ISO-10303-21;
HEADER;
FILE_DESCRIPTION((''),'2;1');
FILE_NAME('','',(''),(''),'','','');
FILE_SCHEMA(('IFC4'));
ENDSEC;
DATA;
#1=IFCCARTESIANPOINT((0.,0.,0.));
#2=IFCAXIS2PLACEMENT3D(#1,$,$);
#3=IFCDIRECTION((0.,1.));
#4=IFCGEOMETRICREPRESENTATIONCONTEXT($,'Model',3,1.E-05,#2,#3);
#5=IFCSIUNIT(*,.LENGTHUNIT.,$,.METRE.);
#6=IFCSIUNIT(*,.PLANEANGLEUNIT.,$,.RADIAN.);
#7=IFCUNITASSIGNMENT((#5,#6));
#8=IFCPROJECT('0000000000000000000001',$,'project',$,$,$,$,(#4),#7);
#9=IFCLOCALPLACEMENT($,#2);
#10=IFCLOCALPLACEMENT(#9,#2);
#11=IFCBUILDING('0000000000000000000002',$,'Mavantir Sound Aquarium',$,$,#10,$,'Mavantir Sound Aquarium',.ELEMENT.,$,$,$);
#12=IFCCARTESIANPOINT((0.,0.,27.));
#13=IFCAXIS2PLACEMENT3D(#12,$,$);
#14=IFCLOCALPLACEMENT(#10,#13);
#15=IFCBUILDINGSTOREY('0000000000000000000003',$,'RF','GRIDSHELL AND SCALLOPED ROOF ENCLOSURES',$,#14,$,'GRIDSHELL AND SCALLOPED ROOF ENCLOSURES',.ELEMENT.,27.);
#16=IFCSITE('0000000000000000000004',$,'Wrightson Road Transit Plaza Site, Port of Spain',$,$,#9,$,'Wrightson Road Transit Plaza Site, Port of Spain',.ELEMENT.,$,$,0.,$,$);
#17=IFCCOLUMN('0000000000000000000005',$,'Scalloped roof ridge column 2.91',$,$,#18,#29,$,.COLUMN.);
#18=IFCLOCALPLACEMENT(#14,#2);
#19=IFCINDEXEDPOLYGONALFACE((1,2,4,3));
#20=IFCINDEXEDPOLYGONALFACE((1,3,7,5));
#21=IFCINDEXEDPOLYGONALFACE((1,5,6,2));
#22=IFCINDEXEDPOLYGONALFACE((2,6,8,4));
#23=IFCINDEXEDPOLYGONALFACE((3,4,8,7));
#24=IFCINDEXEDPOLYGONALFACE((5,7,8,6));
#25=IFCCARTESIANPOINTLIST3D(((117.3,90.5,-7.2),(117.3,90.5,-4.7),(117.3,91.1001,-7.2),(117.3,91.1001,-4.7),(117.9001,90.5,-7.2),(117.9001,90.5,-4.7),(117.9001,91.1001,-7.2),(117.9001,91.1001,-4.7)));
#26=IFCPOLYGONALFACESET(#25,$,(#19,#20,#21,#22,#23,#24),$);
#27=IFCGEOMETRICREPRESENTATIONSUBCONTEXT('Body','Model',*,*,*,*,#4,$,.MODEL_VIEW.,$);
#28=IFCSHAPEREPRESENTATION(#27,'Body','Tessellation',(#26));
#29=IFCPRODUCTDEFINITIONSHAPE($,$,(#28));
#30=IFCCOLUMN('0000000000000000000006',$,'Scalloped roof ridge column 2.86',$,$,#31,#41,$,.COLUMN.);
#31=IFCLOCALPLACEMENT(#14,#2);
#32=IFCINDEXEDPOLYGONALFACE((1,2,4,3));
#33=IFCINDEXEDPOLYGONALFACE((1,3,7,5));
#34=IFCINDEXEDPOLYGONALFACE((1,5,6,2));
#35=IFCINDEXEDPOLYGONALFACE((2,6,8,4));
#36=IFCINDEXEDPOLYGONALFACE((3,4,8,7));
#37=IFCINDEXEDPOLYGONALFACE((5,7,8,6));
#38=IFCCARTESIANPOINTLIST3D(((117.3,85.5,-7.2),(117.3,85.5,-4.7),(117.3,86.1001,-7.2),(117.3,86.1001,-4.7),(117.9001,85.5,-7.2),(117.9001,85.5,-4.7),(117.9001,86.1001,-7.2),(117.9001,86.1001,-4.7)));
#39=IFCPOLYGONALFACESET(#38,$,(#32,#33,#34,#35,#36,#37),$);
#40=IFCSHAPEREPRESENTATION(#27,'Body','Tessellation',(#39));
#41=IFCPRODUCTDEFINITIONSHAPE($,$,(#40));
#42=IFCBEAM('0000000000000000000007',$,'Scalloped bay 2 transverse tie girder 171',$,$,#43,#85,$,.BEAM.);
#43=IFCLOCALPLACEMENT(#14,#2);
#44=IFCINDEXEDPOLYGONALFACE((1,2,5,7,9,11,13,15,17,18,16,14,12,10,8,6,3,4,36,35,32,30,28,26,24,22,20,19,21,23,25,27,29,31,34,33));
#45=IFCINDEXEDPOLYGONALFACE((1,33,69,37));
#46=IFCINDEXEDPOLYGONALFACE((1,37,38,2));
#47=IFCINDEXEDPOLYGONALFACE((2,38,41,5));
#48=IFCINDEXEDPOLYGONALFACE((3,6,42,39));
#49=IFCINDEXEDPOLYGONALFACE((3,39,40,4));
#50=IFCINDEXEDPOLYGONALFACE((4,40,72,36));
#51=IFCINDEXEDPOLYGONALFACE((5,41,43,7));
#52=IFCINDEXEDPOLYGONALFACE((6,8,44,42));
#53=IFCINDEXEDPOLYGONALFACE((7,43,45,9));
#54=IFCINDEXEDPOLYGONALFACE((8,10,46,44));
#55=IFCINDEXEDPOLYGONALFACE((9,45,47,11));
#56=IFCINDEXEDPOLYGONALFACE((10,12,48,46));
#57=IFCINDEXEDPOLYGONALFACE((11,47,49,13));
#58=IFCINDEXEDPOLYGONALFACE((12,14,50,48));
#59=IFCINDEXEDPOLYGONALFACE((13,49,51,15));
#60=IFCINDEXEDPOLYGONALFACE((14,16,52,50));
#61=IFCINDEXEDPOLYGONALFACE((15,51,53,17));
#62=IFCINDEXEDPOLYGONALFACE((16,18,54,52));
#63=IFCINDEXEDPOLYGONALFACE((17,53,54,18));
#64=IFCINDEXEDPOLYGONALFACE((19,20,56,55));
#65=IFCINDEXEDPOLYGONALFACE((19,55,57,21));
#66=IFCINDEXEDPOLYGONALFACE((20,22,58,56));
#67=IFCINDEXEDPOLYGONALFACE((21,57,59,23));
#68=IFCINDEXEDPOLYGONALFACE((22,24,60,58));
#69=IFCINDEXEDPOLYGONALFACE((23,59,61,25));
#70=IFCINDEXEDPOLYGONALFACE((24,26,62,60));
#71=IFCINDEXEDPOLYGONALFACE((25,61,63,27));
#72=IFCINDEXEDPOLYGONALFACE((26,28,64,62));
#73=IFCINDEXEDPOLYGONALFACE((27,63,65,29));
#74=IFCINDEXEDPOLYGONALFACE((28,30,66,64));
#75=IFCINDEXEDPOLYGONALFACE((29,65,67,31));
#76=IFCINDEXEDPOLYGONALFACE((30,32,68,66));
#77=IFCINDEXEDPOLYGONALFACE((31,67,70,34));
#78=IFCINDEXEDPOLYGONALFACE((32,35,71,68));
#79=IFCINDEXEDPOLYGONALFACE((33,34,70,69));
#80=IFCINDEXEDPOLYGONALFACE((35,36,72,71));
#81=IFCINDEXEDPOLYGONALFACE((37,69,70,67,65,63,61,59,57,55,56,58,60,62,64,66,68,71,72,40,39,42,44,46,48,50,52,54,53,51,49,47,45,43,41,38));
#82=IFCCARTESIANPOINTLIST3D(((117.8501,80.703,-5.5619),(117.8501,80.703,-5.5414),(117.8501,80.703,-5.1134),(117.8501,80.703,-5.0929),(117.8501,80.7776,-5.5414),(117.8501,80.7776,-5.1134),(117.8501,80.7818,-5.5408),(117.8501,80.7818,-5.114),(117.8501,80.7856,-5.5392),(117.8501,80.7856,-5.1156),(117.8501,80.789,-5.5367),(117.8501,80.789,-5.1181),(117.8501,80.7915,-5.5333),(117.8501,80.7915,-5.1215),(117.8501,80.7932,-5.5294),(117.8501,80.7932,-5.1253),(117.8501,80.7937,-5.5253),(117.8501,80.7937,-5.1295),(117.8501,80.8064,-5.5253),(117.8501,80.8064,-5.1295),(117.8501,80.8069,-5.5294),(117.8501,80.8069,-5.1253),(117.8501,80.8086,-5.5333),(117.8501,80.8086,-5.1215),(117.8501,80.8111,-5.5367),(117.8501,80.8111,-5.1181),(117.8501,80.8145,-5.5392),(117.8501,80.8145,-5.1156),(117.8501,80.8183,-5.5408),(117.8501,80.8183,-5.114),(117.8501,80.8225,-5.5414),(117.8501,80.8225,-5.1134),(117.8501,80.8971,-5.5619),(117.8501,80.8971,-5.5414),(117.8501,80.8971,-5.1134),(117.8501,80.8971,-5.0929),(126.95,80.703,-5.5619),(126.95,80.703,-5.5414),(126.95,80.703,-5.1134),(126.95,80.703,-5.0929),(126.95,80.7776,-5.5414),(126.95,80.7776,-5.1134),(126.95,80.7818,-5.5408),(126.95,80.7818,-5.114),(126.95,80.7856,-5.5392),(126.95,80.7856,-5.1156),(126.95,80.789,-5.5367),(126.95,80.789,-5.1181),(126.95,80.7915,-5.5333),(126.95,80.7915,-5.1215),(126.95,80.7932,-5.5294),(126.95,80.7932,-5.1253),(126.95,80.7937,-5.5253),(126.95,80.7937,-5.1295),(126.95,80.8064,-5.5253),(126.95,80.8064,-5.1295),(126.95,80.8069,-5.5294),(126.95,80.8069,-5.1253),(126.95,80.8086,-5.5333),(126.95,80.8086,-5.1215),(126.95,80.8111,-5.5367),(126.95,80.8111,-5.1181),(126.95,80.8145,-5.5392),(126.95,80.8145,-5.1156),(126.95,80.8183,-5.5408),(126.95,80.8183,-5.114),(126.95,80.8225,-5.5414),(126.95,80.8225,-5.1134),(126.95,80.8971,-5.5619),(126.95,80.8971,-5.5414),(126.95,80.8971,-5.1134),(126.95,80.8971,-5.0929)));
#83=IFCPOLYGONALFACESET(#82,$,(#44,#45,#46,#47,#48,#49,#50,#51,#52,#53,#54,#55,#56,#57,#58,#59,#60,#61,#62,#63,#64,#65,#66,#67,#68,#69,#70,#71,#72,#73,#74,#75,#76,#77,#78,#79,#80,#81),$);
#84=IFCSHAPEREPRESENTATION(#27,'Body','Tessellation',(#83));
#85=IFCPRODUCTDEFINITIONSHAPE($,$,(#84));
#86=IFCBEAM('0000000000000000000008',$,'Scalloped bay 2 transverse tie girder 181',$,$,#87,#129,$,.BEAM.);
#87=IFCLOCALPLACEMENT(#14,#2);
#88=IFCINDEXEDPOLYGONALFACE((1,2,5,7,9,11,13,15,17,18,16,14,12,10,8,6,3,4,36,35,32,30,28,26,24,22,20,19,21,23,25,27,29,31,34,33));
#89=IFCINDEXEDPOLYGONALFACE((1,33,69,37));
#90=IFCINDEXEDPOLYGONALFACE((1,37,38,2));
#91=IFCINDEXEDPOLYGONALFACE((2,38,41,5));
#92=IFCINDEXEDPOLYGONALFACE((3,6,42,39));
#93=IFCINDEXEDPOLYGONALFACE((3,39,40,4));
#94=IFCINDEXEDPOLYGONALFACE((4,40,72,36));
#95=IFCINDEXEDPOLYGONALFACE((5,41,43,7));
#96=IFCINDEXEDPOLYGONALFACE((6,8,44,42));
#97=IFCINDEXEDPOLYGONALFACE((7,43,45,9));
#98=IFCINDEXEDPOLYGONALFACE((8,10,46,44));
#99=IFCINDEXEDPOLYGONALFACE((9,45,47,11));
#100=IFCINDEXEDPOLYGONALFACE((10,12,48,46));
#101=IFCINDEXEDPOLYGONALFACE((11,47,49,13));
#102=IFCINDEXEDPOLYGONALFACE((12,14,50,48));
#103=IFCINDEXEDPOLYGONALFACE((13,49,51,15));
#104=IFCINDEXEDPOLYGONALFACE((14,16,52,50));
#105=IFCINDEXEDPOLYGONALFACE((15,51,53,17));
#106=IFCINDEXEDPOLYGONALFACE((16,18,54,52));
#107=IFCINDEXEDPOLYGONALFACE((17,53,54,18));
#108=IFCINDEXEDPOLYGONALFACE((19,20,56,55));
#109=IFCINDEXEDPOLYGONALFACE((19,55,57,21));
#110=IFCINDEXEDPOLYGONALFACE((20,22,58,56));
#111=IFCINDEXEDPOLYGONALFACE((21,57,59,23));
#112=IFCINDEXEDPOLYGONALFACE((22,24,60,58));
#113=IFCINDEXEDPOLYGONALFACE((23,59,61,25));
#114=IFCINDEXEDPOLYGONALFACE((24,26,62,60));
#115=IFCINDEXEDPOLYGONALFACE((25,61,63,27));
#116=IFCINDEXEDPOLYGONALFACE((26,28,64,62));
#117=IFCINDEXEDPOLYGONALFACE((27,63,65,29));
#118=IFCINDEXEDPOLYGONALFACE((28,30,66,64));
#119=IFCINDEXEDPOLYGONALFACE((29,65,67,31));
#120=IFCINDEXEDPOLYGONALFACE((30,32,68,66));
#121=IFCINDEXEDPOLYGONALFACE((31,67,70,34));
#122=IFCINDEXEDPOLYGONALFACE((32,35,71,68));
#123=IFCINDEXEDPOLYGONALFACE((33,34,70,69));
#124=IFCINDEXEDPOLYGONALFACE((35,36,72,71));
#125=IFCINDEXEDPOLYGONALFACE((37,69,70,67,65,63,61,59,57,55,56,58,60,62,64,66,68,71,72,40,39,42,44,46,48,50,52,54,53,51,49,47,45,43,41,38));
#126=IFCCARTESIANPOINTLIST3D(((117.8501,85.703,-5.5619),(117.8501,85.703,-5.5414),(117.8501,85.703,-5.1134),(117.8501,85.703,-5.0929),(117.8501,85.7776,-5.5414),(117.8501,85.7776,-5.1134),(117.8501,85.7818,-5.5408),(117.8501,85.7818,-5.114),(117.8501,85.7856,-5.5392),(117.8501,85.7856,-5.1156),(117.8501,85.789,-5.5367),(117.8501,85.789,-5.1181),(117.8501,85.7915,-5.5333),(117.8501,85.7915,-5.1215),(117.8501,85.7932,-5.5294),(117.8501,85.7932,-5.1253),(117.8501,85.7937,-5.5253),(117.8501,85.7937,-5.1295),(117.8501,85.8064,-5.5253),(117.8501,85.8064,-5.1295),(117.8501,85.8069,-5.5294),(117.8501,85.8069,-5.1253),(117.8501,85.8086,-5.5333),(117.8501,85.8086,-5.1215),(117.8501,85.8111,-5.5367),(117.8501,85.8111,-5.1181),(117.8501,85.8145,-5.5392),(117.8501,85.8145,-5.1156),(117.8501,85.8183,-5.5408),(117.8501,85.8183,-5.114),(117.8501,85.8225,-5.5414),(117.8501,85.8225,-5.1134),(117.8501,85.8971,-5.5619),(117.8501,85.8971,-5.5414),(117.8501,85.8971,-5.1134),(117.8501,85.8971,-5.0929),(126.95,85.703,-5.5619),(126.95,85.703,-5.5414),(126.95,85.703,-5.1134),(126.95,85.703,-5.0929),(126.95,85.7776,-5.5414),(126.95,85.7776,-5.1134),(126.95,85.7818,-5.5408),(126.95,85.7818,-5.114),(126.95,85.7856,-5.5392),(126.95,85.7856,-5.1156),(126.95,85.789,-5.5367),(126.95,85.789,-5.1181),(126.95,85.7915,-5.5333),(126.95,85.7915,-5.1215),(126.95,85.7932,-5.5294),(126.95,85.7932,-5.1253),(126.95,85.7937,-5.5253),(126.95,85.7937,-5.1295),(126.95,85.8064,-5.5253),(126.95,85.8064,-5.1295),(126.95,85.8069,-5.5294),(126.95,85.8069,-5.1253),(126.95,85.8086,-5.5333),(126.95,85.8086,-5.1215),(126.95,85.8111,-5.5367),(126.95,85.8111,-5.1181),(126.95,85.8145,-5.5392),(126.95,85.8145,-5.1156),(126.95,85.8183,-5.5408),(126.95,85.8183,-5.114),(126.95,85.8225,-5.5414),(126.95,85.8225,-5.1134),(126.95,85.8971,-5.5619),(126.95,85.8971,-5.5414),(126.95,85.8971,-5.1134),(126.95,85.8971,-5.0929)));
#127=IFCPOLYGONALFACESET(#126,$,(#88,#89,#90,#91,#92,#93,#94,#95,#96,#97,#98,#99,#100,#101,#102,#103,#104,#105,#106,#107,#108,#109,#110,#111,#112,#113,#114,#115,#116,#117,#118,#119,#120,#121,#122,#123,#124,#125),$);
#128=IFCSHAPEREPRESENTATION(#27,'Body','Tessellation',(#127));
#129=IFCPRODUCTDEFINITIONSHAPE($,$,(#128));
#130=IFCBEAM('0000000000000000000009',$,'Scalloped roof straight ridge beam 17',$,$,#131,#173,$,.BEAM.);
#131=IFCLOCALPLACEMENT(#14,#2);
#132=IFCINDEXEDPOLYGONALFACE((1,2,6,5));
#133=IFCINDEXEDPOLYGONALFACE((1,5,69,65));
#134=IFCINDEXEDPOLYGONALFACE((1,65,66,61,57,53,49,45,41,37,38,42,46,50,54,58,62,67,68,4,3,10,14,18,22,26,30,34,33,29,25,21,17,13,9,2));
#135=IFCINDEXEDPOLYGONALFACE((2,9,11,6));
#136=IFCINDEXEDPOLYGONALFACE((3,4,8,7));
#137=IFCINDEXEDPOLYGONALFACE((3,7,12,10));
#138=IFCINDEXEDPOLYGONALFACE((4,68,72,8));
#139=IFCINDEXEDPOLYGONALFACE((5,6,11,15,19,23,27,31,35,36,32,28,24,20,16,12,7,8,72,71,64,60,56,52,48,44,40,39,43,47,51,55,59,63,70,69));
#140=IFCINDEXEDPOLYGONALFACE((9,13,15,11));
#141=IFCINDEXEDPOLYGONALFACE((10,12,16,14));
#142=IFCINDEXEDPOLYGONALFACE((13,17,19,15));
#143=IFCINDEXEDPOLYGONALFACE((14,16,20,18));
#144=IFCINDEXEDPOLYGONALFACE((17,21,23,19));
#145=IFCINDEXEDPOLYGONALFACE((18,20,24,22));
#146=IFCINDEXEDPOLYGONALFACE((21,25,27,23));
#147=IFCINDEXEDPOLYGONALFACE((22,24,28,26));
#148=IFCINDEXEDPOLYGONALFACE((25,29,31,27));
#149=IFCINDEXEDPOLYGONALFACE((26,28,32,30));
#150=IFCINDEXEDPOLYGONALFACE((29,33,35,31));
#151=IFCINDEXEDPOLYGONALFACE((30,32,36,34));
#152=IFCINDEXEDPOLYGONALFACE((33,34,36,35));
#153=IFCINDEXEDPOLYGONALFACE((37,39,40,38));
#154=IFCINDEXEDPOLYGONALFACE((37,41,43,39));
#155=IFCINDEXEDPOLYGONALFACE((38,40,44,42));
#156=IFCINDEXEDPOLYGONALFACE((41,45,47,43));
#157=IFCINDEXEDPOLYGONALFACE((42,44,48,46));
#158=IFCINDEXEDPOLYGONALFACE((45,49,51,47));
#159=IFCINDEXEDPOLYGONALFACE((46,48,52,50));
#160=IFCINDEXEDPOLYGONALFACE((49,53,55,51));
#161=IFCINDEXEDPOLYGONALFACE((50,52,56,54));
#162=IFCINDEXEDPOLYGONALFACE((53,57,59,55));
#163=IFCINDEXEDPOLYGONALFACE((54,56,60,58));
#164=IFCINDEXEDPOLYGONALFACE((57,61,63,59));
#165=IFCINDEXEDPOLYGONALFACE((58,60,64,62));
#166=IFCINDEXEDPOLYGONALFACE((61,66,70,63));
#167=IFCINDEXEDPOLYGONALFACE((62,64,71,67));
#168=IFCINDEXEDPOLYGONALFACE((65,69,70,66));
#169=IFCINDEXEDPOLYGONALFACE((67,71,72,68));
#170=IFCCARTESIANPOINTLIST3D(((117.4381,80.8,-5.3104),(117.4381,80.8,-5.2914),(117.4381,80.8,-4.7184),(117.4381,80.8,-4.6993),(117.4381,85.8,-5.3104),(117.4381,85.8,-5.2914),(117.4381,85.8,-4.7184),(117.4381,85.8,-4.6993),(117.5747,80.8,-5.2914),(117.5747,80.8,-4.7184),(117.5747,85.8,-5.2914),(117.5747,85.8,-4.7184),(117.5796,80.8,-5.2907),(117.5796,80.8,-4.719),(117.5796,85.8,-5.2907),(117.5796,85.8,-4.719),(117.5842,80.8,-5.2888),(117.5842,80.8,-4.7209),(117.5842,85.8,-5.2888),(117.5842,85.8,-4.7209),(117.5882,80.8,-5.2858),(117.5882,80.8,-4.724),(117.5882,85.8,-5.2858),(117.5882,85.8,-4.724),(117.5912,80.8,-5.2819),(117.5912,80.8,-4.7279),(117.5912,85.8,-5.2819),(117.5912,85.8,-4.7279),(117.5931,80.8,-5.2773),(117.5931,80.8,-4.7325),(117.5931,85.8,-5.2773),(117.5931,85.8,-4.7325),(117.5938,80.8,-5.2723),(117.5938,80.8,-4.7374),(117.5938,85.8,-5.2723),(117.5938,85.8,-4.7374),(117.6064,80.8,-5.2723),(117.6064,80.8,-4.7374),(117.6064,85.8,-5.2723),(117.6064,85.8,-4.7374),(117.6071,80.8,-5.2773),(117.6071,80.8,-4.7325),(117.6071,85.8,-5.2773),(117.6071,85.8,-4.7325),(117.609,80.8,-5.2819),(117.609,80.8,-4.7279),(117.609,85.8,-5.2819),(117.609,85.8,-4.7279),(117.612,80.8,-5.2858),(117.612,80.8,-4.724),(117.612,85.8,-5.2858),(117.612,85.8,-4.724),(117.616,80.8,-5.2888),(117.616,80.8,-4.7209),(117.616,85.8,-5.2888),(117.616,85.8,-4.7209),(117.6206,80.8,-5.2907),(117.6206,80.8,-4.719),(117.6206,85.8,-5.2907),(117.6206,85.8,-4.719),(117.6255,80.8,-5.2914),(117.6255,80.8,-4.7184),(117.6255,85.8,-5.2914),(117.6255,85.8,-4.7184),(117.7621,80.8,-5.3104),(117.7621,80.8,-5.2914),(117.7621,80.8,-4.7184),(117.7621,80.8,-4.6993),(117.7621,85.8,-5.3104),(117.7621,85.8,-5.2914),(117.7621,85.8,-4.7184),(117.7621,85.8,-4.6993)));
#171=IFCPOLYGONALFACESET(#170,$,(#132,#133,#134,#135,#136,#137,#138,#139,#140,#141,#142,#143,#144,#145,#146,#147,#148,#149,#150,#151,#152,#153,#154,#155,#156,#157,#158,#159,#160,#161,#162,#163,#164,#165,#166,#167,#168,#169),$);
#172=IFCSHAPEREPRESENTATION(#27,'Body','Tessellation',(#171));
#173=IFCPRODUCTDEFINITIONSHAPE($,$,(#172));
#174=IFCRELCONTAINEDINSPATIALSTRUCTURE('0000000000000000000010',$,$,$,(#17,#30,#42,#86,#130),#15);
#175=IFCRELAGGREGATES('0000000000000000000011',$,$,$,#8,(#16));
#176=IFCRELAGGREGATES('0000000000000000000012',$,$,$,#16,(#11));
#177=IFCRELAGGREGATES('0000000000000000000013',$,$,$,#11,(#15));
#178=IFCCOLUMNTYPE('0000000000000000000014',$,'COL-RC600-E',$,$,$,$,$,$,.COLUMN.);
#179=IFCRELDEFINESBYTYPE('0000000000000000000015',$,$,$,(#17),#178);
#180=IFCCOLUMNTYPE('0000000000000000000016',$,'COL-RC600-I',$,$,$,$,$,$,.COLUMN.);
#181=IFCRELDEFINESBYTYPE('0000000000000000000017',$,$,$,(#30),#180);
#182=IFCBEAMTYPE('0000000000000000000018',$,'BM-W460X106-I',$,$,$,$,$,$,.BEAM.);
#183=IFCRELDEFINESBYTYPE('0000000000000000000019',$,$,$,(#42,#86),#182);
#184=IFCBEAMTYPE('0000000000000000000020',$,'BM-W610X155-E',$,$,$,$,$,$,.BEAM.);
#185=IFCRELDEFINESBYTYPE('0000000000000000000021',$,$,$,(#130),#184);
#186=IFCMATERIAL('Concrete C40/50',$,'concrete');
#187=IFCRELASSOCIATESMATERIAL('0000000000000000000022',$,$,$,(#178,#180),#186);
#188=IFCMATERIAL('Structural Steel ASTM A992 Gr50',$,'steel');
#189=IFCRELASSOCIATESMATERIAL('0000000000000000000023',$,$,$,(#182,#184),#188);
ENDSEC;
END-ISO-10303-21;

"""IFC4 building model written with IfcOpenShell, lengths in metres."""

from ifc_helpers import new_model, si_unit, direction, frame, origin, origin_2d, place, context, subcontext, project, spatial, rectangle, i_section, extrude, material, material_profile, profile_set, type_object, element, save


model = new_model("IFC4")

# Units and contexts
model_context = context("Model", 3, precision=1e-05, world=origin(), true_north=direction((0.0, 1.0)))
body_context = subcontext(model_context, "Body", "Model", "MODEL_VIEW")
ifc_project = project(units=[si_unit("LENGTHUNIT", "METRE"), si_unit("PLANEANGLEUNIT", "RADIAN")], contexts=[model_context])

# Site, building, storey
site_placement = place(None, origin())
site = spatial("IfcSite", under=ifc_project, at=site_placement, Name="Wrightson Road Transit Plaza Site, Port of Spain", LongName="Wrightson Road Transit Plaza Site, Port of Spain", CompositionType="ELEMENT", RefElevation=0.0)
building_placement = place(site_placement, origin())
building = spatial("IfcBuilding", under=site, at=building_placement, Name="Mavantir Sound Aquarium", LongName="Mavantir Sound Aquarium", CompositionType="ELEMENT")
storey_placement = place(building_placement, frame((0.0, 0.0, 27.0)))
storey = spatial("IfcBuildingStorey", under=building, at=storey_placement, Name="RF", Description="GRIDSHELL AND SCALLOPED ROOF ENCLOSURES", LongName="GRIDSHELL AND SCALLOPED ROOF ENCLOSURES", CompositionType="ELEMENT", Elevation=27.0)

# Columns
ifc_material_1 = material(Name="Concrete C40/50", Category="concrete")
ifc_material_profile_1 = material_profile(ifc_material_1, rectangle(XDim=0.6001, YDim=0.6001, at=origin_2d()), Name="RC 600X600")
ifc_profile_set_1 = profile_set([ifc_material_profile_1], Name="Concrete C40/50")
column_type_1 = type_object("IfcColumnType", Name="COL-RC600-E", PredefinedType="COLUMN", material=ifc_profile_set_1)
column_1_placement = place(storey_placement, frame((117.6001, 90.8, -7.2), z_axis=(0.0, 0.0, 1.0), x_axis=(1.0, 0.0, 0.0)))
element("IfcColumn", 1, at=column_1_placement, inside=storey, type_object=column_type_1, Name="Scalloped roof ridge column 2.91", PredefinedType="COLUMN", context=body_context, shape_type="SweptSolid", body=[
    extrude(rectangle(XDim=0.6001, YDim=0.6001, at=origin_2d()), origin(), (0.0, 0.0, 1.0), 2.5),
])
ifc_material_profile_2 = material_profile(ifc_material_1, rectangle(XDim=0.6001, YDim=0.6001, at=origin_2d()), Name="RC 600X600")
ifc_profile_set_2 = profile_set([ifc_material_profile_2], Name="Concrete C40/50")
column_type_2 = type_object("IfcColumnType", Name="COL-RC600-I", PredefinedType="COLUMN", material=ifc_profile_set_2)
column_2_placement = place(storey_placement, frame((117.6001, 85.8, -7.2), z_axis=(0.0, 0.0, 1.0), x_axis=(1.0, 0.0, 0.0)))
element("IfcColumn", 2, at=column_2_placement, inside=storey, type_object=column_type_2, Name="Scalloped roof ridge column 2.86", PredefinedType="COLUMN", context=body_context, shape_type="SweptSolid", body=[
    extrude(rectangle(XDim=0.6001, YDim=0.6001, at=origin_2d()), origin(), (0.0, 0.0, 1.0), 2.5),
])

# Beams
ifc_material_2 = material(Name="Structural Steel ASTM A992 Gr50", Category="steel")
ifc_material_profile_3 = material_profile(ifc_material_2, i_section(OverallWidth=0.1941, OverallDepth=0.469, WebThickness=0.0127, FlangeThickness=0.0205, FilletRadius=0.0161, at=origin_2d()), Name="W460X106")
ifc_profile_set_3 = profile_set([ifc_material_profile_3], Name="Structural Steel ASTM A992 Gr50")
beam_type_1 = type_object("IfcBeamType", Name="BM-W460X106-I", PredefinedType="BEAM", material=ifc_profile_set_3)
for number, where, z_axis, x_axis, name in (
    (3, (117.8501, 80.8, -5.3274), (1.0, 0.0, 0.0), (0.0, 1.0, 0.0), "Scalloped bay 2 transverse tie girder 171"),
    (4, (117.8501, 85.8, -5.3274), (1.0, 0.0, 0.0), (0.0, 1.0, 0.0), "Scalloped bay 2 transverse tie girder 181"),
):
    element("IfcBeam", number, at=place(storey_placement, frame(where, z_axis=z_axis, x_axis=x_axis)), inside=storey, type_object=beam_type_1, Name=name, PredefinedType="BEAM", context=body_context, shape_type="SweptSolid", body=[
        extrude(i_section(OverallWidth=0.1941, OverallDepth=0.469, WebThickness=0.0127, FlangeThickness=0.0205, FilletRadius=0.0161, at=origin_2d()), origin(), (0.0, 0.0, 1.0), 9.0999),
    ])
ifc_material_profile_4 = material_profile(ifc_material_2, i_section(OverallWidth=0.324, OverallDepth=0.6111, WebThickness=0.0127, FlangeThickness=0.019, FilletRadius=0.019, at=origin_2d()), Name="W610X155")
ifc_profile_set_4 = profile_set([ifc_material_profile_4], Name="Structural Steel ASTM A992 Gr50")
beam_type_2 = type_object("IfcBeamType", Name="BM-W610X155-E", PredefinedType="BEAM", material=ifc_profile_set_4)
for number, where, z_axis, x_axis, name in (
    (5, (117.6001, 80.8, -5.0049), (0.0, 1.0, 0.0), (-1.0, 0.0, 0.0), "Scalloped roof straight ridge beam 17"),
):
    element("IfcBeam", number, at=place(storey_placement, frame(where, z_axis=z_axis, x_axis=x_axis)), inside=storey, type_object=beam_type_2, Name=name, PredefinedType="BEAM", context=body_context, shape_type="SweptSolid", body=[
        extrude(i_section(OverallWidth=0.324, OverallDepth=0.6111, WebThickness=0.0127, FlangeThickness=0.019, FilletRadius=0.019, at=origin_2d()), origin(), (0.0, 0.0, 1.0), 5.0),
    ])

save(model, "model.ifc")
